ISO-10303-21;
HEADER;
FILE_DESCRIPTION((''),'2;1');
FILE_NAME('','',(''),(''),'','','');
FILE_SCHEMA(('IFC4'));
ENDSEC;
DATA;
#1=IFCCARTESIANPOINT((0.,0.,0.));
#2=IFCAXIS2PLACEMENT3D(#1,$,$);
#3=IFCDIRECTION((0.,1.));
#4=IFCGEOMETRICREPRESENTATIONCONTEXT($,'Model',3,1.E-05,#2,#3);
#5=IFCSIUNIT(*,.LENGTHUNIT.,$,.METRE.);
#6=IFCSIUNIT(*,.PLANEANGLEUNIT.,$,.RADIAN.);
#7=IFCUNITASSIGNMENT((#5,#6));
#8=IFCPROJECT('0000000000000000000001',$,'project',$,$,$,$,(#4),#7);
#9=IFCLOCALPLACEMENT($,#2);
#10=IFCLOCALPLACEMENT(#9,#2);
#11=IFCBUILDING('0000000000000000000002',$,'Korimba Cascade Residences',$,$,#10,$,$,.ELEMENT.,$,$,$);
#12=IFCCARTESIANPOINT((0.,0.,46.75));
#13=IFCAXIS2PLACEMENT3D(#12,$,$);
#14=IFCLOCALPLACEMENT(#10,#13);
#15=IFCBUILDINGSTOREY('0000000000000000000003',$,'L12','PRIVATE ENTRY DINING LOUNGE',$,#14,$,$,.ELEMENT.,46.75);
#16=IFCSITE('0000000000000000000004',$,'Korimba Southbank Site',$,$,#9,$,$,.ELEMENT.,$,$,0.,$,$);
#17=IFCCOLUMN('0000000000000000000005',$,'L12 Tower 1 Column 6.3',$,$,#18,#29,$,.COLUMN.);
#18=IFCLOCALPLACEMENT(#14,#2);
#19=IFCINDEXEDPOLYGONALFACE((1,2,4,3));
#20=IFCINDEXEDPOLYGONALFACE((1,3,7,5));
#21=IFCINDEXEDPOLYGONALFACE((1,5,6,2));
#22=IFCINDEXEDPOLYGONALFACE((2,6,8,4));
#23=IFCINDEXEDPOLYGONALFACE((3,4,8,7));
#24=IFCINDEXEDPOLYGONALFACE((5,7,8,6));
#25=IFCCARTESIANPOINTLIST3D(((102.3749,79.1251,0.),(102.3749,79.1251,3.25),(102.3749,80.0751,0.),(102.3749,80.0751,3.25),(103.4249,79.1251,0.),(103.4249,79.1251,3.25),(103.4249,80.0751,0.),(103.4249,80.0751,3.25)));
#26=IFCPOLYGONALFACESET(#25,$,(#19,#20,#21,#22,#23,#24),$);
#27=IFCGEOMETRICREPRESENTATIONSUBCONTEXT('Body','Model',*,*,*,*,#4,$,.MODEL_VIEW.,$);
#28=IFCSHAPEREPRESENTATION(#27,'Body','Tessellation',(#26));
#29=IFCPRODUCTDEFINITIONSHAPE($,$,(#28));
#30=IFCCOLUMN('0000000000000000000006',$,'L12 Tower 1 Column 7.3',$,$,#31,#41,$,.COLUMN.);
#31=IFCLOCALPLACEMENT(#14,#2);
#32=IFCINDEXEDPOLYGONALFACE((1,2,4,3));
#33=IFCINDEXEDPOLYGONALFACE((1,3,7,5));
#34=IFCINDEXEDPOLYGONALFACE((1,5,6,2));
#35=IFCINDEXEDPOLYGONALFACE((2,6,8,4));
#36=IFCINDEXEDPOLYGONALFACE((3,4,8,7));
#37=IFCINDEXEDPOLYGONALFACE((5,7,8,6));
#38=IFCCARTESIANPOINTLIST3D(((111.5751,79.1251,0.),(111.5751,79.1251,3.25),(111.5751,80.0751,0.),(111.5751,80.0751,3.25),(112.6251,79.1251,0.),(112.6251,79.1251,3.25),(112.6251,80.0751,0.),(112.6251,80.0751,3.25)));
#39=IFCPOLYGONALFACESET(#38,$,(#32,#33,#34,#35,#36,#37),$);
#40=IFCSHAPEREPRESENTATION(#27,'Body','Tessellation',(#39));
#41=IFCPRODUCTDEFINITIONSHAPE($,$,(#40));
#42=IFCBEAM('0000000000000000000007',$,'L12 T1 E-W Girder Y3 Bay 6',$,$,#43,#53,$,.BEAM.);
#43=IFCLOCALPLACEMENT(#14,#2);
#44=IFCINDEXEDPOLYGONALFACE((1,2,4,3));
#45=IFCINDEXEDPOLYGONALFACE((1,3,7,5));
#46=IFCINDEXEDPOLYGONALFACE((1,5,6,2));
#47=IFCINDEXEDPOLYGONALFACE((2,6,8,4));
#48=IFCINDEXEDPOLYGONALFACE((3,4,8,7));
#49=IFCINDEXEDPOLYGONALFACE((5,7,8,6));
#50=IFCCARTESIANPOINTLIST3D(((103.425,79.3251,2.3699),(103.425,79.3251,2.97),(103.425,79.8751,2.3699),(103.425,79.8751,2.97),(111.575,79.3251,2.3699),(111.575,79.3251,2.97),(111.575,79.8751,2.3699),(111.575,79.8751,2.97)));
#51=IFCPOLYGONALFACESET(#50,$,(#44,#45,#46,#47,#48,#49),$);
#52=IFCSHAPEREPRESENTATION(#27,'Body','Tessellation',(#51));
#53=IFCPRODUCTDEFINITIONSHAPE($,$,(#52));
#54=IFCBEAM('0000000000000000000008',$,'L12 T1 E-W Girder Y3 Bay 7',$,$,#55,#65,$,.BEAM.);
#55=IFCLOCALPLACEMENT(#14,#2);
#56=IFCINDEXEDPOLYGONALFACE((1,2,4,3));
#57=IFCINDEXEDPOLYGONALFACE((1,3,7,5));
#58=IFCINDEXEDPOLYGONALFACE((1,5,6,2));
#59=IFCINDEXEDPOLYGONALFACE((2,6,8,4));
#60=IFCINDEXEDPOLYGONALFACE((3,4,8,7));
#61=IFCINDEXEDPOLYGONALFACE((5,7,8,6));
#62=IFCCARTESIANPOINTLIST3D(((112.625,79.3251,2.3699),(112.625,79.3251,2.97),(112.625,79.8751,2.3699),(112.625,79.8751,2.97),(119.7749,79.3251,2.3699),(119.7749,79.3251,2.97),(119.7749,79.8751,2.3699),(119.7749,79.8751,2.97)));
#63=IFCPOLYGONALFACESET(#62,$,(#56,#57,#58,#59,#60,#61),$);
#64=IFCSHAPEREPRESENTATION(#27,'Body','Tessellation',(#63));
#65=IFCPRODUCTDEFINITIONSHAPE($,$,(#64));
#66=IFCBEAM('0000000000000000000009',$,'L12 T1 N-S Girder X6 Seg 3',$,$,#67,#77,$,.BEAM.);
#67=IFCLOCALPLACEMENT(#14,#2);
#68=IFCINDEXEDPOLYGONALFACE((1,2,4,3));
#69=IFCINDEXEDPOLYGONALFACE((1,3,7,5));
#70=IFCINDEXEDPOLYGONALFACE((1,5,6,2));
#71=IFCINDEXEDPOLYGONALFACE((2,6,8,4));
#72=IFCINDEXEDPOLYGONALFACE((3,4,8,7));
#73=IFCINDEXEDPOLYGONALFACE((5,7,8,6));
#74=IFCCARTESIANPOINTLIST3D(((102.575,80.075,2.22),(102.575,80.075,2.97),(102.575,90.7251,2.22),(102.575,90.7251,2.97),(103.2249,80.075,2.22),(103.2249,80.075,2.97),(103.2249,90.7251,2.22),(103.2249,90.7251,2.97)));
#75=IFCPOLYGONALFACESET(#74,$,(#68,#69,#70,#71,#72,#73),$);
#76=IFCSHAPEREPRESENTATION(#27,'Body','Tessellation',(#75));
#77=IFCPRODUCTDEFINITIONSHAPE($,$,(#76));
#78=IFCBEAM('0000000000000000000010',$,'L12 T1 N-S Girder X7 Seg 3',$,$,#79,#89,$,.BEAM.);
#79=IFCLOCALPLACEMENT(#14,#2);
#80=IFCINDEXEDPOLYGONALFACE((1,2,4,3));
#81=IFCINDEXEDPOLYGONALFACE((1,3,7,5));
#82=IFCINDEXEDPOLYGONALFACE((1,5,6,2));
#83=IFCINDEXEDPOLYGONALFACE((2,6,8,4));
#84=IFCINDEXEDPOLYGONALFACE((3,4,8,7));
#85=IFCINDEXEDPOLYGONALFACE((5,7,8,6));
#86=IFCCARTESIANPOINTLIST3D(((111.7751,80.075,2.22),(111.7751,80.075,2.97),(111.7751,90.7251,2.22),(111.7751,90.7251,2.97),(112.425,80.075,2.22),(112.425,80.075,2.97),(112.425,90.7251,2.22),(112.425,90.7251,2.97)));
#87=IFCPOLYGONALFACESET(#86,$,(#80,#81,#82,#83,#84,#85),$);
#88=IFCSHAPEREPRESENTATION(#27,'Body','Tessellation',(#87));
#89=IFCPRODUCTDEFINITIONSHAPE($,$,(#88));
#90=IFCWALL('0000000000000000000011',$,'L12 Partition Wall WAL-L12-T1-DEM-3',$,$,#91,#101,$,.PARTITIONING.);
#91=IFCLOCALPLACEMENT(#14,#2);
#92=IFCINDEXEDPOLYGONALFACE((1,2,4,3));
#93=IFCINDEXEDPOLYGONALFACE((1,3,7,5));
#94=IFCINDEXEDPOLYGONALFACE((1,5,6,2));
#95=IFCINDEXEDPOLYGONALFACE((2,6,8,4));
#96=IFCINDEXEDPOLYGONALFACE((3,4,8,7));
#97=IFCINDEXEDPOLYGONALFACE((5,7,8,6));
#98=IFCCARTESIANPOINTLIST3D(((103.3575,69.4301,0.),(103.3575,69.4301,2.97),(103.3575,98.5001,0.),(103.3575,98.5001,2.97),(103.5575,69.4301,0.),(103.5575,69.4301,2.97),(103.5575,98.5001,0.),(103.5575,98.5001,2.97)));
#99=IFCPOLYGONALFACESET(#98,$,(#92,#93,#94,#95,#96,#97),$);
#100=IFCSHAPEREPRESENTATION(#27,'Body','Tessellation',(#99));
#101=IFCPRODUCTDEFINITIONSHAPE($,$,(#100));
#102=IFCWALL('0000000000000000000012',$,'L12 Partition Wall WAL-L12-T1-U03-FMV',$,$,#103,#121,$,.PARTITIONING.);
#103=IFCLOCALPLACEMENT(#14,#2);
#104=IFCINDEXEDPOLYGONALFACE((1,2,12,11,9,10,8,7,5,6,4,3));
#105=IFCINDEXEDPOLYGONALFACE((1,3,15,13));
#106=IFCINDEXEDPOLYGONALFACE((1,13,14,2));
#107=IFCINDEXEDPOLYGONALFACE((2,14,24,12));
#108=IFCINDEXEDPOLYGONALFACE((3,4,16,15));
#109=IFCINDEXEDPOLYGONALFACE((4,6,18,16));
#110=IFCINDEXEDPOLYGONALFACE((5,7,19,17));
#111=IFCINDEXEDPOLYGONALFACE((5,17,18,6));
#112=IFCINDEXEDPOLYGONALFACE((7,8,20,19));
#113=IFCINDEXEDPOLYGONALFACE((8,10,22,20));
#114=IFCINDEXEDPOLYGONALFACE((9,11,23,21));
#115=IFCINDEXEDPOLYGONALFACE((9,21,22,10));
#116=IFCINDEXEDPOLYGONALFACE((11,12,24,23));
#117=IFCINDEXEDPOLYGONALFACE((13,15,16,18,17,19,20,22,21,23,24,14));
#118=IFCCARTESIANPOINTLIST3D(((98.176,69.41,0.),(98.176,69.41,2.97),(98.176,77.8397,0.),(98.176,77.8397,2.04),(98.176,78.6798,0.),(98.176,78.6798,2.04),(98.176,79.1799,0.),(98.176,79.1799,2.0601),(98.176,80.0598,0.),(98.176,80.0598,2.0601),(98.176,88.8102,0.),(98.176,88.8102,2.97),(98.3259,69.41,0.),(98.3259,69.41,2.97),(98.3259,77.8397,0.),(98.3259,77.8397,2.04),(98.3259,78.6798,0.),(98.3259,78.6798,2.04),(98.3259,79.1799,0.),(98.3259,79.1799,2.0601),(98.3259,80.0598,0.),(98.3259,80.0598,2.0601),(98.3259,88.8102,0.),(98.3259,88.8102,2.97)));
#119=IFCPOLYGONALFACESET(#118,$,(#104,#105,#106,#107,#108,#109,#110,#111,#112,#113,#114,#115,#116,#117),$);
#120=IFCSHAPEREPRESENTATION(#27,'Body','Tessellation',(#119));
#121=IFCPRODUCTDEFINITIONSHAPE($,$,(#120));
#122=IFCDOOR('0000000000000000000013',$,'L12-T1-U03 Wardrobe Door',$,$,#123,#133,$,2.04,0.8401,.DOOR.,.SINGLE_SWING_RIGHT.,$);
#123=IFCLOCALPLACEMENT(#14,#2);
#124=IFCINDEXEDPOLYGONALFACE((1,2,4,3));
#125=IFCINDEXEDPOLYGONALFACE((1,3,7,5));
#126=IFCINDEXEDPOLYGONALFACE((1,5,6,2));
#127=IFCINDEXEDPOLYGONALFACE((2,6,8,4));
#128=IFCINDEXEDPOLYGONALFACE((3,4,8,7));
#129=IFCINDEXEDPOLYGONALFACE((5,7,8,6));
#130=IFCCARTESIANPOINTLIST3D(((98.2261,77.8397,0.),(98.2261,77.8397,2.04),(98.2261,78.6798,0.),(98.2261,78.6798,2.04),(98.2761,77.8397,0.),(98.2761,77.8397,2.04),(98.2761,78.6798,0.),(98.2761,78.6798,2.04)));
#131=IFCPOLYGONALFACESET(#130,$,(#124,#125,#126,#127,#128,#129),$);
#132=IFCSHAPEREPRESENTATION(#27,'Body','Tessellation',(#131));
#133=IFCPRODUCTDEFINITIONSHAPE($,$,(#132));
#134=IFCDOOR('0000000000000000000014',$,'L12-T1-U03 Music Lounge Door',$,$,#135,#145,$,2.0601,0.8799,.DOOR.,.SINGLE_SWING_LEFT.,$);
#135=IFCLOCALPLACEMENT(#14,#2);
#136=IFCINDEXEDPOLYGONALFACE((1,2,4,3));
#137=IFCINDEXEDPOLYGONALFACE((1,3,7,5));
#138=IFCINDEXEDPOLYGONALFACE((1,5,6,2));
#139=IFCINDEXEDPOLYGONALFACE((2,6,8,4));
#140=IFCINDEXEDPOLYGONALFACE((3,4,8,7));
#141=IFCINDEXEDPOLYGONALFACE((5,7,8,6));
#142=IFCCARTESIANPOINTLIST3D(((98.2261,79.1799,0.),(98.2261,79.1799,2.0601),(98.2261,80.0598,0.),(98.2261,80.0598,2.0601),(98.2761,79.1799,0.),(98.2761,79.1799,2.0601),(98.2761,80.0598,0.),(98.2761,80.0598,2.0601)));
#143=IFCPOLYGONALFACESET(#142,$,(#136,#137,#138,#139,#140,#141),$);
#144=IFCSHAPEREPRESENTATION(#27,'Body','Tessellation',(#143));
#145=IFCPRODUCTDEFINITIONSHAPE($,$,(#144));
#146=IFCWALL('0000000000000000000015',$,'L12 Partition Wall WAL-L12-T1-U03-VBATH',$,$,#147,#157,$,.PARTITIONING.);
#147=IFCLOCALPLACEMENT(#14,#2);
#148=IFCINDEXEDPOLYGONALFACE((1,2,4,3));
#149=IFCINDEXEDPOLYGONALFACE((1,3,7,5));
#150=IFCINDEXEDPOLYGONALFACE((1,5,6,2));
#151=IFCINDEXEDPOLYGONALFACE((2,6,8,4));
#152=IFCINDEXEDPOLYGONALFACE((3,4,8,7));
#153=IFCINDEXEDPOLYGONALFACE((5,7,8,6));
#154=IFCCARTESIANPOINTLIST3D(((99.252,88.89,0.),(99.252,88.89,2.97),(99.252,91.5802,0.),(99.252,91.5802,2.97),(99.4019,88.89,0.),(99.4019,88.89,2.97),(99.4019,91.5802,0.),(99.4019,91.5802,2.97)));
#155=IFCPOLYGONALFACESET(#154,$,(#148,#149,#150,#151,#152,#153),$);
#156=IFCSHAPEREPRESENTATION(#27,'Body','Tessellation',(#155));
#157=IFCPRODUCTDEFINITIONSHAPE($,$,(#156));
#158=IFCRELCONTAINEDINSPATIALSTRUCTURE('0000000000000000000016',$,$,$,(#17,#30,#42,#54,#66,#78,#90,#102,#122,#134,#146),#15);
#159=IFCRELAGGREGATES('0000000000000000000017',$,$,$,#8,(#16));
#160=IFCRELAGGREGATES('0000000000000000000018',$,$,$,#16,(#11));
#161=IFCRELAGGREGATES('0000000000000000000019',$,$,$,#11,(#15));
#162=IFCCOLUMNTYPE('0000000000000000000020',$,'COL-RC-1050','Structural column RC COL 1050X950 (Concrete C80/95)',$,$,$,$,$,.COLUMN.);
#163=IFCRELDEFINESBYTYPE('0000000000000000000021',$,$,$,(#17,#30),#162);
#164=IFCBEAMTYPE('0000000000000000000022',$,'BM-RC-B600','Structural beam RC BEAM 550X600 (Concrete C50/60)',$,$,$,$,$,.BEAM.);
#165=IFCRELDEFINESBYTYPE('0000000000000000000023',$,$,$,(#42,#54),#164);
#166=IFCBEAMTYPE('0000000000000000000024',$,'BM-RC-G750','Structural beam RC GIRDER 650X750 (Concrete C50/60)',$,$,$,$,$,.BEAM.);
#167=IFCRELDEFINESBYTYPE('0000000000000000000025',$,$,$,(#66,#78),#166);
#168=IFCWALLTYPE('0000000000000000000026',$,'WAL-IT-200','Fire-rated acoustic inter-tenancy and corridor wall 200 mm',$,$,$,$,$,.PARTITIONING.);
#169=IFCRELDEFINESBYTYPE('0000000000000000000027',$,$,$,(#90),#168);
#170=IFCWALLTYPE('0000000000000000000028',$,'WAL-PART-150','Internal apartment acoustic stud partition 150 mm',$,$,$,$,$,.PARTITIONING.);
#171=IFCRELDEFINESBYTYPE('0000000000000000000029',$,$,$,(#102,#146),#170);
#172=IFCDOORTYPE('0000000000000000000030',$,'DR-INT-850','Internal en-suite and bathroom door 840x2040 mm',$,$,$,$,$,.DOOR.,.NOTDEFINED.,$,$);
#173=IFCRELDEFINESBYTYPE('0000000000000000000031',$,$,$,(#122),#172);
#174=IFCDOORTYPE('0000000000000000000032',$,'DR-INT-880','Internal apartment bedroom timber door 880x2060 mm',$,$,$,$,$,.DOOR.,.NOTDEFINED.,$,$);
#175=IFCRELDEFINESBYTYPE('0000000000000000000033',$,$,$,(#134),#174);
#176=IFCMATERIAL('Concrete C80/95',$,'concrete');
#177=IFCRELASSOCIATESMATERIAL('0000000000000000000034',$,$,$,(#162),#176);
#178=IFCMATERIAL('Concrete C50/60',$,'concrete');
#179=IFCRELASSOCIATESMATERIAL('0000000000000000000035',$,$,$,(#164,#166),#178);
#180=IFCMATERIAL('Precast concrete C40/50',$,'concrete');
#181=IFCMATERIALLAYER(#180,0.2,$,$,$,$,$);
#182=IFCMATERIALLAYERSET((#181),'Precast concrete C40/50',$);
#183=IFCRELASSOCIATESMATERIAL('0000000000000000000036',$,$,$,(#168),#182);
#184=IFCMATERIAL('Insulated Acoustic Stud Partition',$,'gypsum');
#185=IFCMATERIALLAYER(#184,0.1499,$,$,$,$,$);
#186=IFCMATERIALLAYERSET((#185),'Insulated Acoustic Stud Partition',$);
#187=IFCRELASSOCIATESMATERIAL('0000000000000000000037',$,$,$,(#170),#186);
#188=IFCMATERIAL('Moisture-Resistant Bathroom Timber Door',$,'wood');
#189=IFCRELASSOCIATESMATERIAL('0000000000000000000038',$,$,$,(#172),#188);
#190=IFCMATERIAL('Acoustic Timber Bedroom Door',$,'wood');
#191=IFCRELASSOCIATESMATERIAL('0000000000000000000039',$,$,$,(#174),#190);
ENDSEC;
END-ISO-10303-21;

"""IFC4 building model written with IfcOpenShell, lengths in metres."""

from ifc_helpers import new_model, si_unit, direction, frame, frame_2d, origin, origin_2d, place, context, subcontext, project, spatial, rectangle, extrude, material, layer, layer_set, material_profile, profile_set, type_object, element, fill, save


model = new_model("IFC4")

# Units and contexts
model_context = context("Model", 3, precision=1e-05, world=origin(), true_north=direction((0.0, 1.0)))
body_context = subcontext(model_context, "Body", "Model", "MODEL_VIEW")
ifc_project = project(units=[si_unit("LENGTHUNIT", "METRE"), si_unit("PLANEANGLEUNIT", "RADIAN")], contexts=[model_context])

# Site, building, storey
site_placement = place(None, origin())
site = spatial("IfcSite", under=ifc_project, at=site_placement, Name="Korimba Southbank Site", CompositionType="ELEMENT", RefElevation=0.0)
building_placement = place(site_placement, origin())
building = spatial("IfcBuilding", under=site, at=building_placement, Name="Korimba Cascade Residences", CompositionType="ELEMENT")
storey_placement = place(building_placement, frame((0.0, 0.0, 46.75)))
storey = spatial("IfcBuildingStorey", under=building, at=storey_placement, Name="L12", Description="PRIVATE ENTRY DINING LOUNGE", CompositionType="ELEMENT", Elevation=46.75)

# Columns
ifc_material_1 = material(Name="Concrete C80/95", Category="concrete")
ifc_material_profile_1 = material_profile(ifc_material_1, rectangle(XDim=1.05, YDim=0.95, at=origin_2d()), Name="Concrete C80/95")
ifc_profile_set_1 = profile_set([ifc_material_profile_1], Name="Concrete C80/95")
column_type = type_object("IfcColumnType", Name="COL-RC-1050", Description="Structural column RC COL 1050X950 (Concrete C80/95)", PredefinedType="COLUMN", material=ifc_profile_set_1)
for number, where, z_axis, x_axis, name in (
    (1, (102.8999, 79.6001, 0.0), (0.0, 0.0, 1.0), (1.0, 0.0, 0.0), "L12 Tower 1 Column 6.3"),
    (2, (112.1001, 79.6001, 0.0), (0.0, 0.0, 1.0), (1.0, 0.0, 0.0), "L12 Tower 1 Column 7.3"),
):
    element("IfcColumn", number, at=place(storey_placement, frame(where, z_axis=z_axis, x_axis=x_axis)), inside=storey, type_object=column_type, Name=name, PredefinedType="COLUMN", context=body_context, shape_type="SweptSolid", body=[
        extrude(rectangle(XDim=1.05, YDim=0.95, at=origin_2d()), origin(), (0.0, 0.0, 1.0), 3.25),
    ])

# Beams
ifc_material_2 = material(Name="Concrete C50/60", Category="concrete")
ifc_material_profile_2 = material_profile(ifc_material_2, rectangle(XDim=0.55, YDim=0.6001, at=origin_2d()), Name="Concrete C50/60")
ifc_profile_set_2 = profile_set([ifc_material_profile_2], Name="Concrete C50/60")
beam_type_1 = type_object("IfcBeamType", Name="BM-RC-B600", Description="Structural beam RC BEAM 550X600 (Concrete C50/60)", PredefinedType="BEAM", material=ifc_profile_set_2)
beam_1_placement = place(storey_placement, frame((103.425, 79.6001, 2.6699), z_axis=(1.0, 0.0, 0.0), x_axis=(0.0, 1.0, 0.0)))
element("IfcBeam", 3, at=beam_1_placement, inside=storey, type_object=beam_type_1, Name="L12 T1 E-W Girder Y3 Bay 6", PredefinedType="BEAM", context=body_context, shape_type="SweptSolid", body=[
    extrude(rectangle(XDim=0.55, YDim=0.6001, at=origin_2d()), origin(), (0.0, 0.0, 1.0), 8.1499),
])
beam_2_placement = place(storey_placement, frame((112.625, 79.6001, 2.6699), z_axis=(1.0, 0.0, 0.0), x_axis=(0.0, 1.0, 0.0)))
element("IfcBeam", 4, at=beam_2_placement, inside=storey, type_object=beam_type_1, Name="L12 T1 E-W Girder Y3 Bay 7", PredefinedType="BEAM", context=body_context, shape_type="SweptSolid", body=[
    extrude(rectangle(XDim=0.55, YDim=0.6001, at=origin_2d()), origin(), (0.0, 0.0, 1.0), 7.1499),
])
ifc_material_profile_3 = material_profile(ifc_material_2, rectangle(XDim=0.6499, YDim=0.75, at=origin_2d()), Name="Concrete C50/60")
ifc_profile_set_3 = profile_set([ifc_material_profile_3], Name="Concrete C50/60")
beam_type_2 = type_object("IfcBeamType", Name="BM-RC-G750", Description="Structural beam RC GIRDER 650X750 (Concrete C50/60)", PredefinedType="BEAM", material=ifc_profile_set_3)
for number, where, z_axis, x_axis, name in (
    (5, (102.8999, 80.075, 2.595), (0.0, 1.0, 0.0), (-1.0, 0.0, 0.0), "L12 T1 N-S Girder X6 Seg 3"),
    (6, (112.1001, 80.075, 2.595), (0.0, 1.0, 0.0), (-1.0, 0.0, 0.0), "L12 T1 N-S Girder X7 Seg 3"),
):
    element("IfcBeam", number, at=place(storey_placement, frame(where, z_axis=z_axis, x_axis=x_axis)), inside=storey, type_object=beam_type_2, Name=name, PredefinedType="BEAM", context=body_context, shape_type="SweptSolid", body=[
        extrude(rectangle(XDim=0.6499, YDim=0.75, at=origin_2d()), origin(), (0.0, 0.0, 1.0), 10.6501),
    ])

# Wall
ifc_material_3 = material(Name="Precast concrete C40/50", Category="concrete")
ifc_layer_1 = layer(ifc_material_3, 0.2)
ifc_layer_set_1 = layer_set([ifc_layer_1], Name="Precast concrete C40/50")
wall_type_1 = type_object("IfcWallType", Name="WAL-IT-200", Description="Fire-rated acoustic inter-tenancy and corridor wall 200 mm", PredefinedType="PARTITIONING", material=ifc_layer_set_1)
wall_1_placement = place(storey_placement, frame((103.4575, 69.4299, 0.0), z_axis=(0.0, 0.0, 1.0), x_axis=(0.0, 1.0, 0.0)))
element("IfcWall", 7, at=wall_1_placement, inside=storey, type_object=wall_type_1, Name="L12 Partition Wall WAL-L12-T1-DEM-3", PredefinedType="PARTITIONING", context=body_context, shape_type="SweptSolid", body=[
    extrude(rectangle(XDim=29.0701, YDim=0.2, at=frame_2d((14.5352, 0.0))), origin(), (0.0, 0.0, 1.0), 2.97),
])

# Wall, openings, doors
ifc_material_4 = material(Name="Insulated Acoustic Stud Partition", Category="gypsum")
ifc_layer_2 = layer(ifc_material_4, 0.1499)
ifc_layer_set_2 = layer_set([ifc_layer_2], Name="Insulated Acoustic Stud Partition")
wall_type_2 = type_object("IfcWallType", Name="WAL-PART-150", Description="Internal apartment acoustic stud partition 150 mm", PredefinedType="PARTITIONING", material=ifc_layer_set_2)
wall_2_placement = place(storey_placement, frame((98.251, 69.4099, 0.0), z_axis=(0.0, 0.0, 1.0), x_axis=(0.0, 1.0, 0.0)))
wall_2 = element("IfcWall", 8, at=wall_2_placement, inside=storey, type_object=wall_type_2, Name="L12 Partition Wall WAL-L12-T1-U03-FMV", PredefinedType="PARTITIONING", context=body_context, shape_type="SweptSolid", body=[
    extrude(rectangle(XDim=19.4001, YDim=0.1499, at=frame_2d((9.7002, 0.0))), origin(), (0.0, 0.0, 1.0), 2.97),
])
opening_1_placement = place(wall_2_placement, frame((8.4299, 0.0, 0.0)))
opening_1 = element("IfcOpeningElement", 9, at=opening_1_placement, cuts=wall_2, PredefinedType="OPENING", context=body_context, shape_type="SweptSolid", body=[
    extrude(rectangle(XDim=0.8401, YDim=2.04, at=frame_2d((0.4199, 1.02))), frame((0.0, 0.085, 0.0), z_axis=(0.0, -1.0, 0.0), x_axis=(1.0, 0.0, 0.0)), (0.0, 0.0, 1.0), 0.1699),
])
opening_2_placement = place(wall_2_placement, frame((9.77, 0.0, 0.0)))
opening_2 = element("IfcOpeningElement", 10, at=opening_2_placement, cuts=wall_2, PredefinedType="OPENING", context=body_context, shape_type="SweptSolid", body=[
    extrude(rectangle(XDim=0.8799, YDim=2.0601, at=frame_2d((0.4399, 1.03))), frame((0.0, 0.085, 0.0), z_axis=(0.0, -1.0, 0.0), x_axis=(1.0, 0.0, 0.0)), (0.0, 0.0, 1.0), 0.1699),
])
ifc_material_5 = material(Name="Moisture-Resistant Bathroom Timber Door", Category="wood")
door_type_1 = type_object("IfcDoorType", Name="DR-INT-850", Description="Internal en-suite and bathroom door 840x2040 mm", OperationType="NOTDEFINED", PredefinedType="DOOR", material=ifc_material_5)
door_1_placement = place(opening_1_placement, origin())
door_1 = element("IfcDoor", 11, at=door_1_placement, inside=storey, type_object=door_type_1, Name="L12-T1-U03 Wardrobe Door", OperationType="SINGLE_SWING_RIGHT", OverallHeight=2.04, OverallWidth=0.8401, PredefinedType="DOOR", context=body_context, shape_type="SweptSolid", body=[
    extrude(rectangle(XDim=0.8401, YDim=2.04, at=frame_2d((0.4199, 1.02))), frame((0.0, 0.0249, 0.0), z_axis=(0.0, -1.0, 0.0), x_axis=(1.0, 0.0, 0.0)), (0.0, 0.0, 1.0), 0.05),
])
fill(opening_1, door_1)
ifc_material_6 = material(Name="Acoustic Timber Bedroom Door", Category="wood")
door_type_2 = type_object("IfcDoorType", Name="DR-INT-880", Description="Internal apartment bedroom timber door 880x2060 mm", OperationType="NOTDEFINED", PredefinedType="DOOR", material=ifc_material_6)
door_2_placement = place(opening_2_placement, origin())
door_2 = element("IfcDoor", 12, at=door_2_placement, inside=storey, type_object=door_type_2, Name="L12-T1-U03 Music Lounge Door", OperationType="SINGLE_SWING_LEFT", OverallHeight=2.0601, OverallWidth=0.8799, PredefinedType="DOOR", context=body_context, shape_type="SweptSolid", body=[
    extrude(rectangle(XDim=0.8799, YDim=2.0601, at=frame_2d((0.4399, 1.03))), frame((0.0, 0.0249, 0.0), z_axis=(0.0, -1.0, 0.0), x_axis=(1.0, 0.0, 0.0)), (0.0, 0.0, 1.0), 0.05),
])
fill(opening_2, door_2)

# Wall
wall_3_placement = place(storey_placement, frame((99.3269, 88.8899, 0.0), z_axis=(0.0, 0.0, 1.0), x_axis=(0.0, 1.0, 0.0)))
element("IfcWall", 13, at=wall_3_placement, inside=storey, type_object=wall_type_2, Name="L12 Partition Wall WAL-L12-T1-U03-VBATH", PredefinedType="PARTITIONING", context=body_context, shape_type="SweptSolid", body=[
    extrude(rectangle(XDim=2.6902, YDim=0.1499, at=frame_2d((1.3452, 0.0))), origin(), (0.0, 0.0, 1.0), 2.97),
])

save(model, "model.ifc")
